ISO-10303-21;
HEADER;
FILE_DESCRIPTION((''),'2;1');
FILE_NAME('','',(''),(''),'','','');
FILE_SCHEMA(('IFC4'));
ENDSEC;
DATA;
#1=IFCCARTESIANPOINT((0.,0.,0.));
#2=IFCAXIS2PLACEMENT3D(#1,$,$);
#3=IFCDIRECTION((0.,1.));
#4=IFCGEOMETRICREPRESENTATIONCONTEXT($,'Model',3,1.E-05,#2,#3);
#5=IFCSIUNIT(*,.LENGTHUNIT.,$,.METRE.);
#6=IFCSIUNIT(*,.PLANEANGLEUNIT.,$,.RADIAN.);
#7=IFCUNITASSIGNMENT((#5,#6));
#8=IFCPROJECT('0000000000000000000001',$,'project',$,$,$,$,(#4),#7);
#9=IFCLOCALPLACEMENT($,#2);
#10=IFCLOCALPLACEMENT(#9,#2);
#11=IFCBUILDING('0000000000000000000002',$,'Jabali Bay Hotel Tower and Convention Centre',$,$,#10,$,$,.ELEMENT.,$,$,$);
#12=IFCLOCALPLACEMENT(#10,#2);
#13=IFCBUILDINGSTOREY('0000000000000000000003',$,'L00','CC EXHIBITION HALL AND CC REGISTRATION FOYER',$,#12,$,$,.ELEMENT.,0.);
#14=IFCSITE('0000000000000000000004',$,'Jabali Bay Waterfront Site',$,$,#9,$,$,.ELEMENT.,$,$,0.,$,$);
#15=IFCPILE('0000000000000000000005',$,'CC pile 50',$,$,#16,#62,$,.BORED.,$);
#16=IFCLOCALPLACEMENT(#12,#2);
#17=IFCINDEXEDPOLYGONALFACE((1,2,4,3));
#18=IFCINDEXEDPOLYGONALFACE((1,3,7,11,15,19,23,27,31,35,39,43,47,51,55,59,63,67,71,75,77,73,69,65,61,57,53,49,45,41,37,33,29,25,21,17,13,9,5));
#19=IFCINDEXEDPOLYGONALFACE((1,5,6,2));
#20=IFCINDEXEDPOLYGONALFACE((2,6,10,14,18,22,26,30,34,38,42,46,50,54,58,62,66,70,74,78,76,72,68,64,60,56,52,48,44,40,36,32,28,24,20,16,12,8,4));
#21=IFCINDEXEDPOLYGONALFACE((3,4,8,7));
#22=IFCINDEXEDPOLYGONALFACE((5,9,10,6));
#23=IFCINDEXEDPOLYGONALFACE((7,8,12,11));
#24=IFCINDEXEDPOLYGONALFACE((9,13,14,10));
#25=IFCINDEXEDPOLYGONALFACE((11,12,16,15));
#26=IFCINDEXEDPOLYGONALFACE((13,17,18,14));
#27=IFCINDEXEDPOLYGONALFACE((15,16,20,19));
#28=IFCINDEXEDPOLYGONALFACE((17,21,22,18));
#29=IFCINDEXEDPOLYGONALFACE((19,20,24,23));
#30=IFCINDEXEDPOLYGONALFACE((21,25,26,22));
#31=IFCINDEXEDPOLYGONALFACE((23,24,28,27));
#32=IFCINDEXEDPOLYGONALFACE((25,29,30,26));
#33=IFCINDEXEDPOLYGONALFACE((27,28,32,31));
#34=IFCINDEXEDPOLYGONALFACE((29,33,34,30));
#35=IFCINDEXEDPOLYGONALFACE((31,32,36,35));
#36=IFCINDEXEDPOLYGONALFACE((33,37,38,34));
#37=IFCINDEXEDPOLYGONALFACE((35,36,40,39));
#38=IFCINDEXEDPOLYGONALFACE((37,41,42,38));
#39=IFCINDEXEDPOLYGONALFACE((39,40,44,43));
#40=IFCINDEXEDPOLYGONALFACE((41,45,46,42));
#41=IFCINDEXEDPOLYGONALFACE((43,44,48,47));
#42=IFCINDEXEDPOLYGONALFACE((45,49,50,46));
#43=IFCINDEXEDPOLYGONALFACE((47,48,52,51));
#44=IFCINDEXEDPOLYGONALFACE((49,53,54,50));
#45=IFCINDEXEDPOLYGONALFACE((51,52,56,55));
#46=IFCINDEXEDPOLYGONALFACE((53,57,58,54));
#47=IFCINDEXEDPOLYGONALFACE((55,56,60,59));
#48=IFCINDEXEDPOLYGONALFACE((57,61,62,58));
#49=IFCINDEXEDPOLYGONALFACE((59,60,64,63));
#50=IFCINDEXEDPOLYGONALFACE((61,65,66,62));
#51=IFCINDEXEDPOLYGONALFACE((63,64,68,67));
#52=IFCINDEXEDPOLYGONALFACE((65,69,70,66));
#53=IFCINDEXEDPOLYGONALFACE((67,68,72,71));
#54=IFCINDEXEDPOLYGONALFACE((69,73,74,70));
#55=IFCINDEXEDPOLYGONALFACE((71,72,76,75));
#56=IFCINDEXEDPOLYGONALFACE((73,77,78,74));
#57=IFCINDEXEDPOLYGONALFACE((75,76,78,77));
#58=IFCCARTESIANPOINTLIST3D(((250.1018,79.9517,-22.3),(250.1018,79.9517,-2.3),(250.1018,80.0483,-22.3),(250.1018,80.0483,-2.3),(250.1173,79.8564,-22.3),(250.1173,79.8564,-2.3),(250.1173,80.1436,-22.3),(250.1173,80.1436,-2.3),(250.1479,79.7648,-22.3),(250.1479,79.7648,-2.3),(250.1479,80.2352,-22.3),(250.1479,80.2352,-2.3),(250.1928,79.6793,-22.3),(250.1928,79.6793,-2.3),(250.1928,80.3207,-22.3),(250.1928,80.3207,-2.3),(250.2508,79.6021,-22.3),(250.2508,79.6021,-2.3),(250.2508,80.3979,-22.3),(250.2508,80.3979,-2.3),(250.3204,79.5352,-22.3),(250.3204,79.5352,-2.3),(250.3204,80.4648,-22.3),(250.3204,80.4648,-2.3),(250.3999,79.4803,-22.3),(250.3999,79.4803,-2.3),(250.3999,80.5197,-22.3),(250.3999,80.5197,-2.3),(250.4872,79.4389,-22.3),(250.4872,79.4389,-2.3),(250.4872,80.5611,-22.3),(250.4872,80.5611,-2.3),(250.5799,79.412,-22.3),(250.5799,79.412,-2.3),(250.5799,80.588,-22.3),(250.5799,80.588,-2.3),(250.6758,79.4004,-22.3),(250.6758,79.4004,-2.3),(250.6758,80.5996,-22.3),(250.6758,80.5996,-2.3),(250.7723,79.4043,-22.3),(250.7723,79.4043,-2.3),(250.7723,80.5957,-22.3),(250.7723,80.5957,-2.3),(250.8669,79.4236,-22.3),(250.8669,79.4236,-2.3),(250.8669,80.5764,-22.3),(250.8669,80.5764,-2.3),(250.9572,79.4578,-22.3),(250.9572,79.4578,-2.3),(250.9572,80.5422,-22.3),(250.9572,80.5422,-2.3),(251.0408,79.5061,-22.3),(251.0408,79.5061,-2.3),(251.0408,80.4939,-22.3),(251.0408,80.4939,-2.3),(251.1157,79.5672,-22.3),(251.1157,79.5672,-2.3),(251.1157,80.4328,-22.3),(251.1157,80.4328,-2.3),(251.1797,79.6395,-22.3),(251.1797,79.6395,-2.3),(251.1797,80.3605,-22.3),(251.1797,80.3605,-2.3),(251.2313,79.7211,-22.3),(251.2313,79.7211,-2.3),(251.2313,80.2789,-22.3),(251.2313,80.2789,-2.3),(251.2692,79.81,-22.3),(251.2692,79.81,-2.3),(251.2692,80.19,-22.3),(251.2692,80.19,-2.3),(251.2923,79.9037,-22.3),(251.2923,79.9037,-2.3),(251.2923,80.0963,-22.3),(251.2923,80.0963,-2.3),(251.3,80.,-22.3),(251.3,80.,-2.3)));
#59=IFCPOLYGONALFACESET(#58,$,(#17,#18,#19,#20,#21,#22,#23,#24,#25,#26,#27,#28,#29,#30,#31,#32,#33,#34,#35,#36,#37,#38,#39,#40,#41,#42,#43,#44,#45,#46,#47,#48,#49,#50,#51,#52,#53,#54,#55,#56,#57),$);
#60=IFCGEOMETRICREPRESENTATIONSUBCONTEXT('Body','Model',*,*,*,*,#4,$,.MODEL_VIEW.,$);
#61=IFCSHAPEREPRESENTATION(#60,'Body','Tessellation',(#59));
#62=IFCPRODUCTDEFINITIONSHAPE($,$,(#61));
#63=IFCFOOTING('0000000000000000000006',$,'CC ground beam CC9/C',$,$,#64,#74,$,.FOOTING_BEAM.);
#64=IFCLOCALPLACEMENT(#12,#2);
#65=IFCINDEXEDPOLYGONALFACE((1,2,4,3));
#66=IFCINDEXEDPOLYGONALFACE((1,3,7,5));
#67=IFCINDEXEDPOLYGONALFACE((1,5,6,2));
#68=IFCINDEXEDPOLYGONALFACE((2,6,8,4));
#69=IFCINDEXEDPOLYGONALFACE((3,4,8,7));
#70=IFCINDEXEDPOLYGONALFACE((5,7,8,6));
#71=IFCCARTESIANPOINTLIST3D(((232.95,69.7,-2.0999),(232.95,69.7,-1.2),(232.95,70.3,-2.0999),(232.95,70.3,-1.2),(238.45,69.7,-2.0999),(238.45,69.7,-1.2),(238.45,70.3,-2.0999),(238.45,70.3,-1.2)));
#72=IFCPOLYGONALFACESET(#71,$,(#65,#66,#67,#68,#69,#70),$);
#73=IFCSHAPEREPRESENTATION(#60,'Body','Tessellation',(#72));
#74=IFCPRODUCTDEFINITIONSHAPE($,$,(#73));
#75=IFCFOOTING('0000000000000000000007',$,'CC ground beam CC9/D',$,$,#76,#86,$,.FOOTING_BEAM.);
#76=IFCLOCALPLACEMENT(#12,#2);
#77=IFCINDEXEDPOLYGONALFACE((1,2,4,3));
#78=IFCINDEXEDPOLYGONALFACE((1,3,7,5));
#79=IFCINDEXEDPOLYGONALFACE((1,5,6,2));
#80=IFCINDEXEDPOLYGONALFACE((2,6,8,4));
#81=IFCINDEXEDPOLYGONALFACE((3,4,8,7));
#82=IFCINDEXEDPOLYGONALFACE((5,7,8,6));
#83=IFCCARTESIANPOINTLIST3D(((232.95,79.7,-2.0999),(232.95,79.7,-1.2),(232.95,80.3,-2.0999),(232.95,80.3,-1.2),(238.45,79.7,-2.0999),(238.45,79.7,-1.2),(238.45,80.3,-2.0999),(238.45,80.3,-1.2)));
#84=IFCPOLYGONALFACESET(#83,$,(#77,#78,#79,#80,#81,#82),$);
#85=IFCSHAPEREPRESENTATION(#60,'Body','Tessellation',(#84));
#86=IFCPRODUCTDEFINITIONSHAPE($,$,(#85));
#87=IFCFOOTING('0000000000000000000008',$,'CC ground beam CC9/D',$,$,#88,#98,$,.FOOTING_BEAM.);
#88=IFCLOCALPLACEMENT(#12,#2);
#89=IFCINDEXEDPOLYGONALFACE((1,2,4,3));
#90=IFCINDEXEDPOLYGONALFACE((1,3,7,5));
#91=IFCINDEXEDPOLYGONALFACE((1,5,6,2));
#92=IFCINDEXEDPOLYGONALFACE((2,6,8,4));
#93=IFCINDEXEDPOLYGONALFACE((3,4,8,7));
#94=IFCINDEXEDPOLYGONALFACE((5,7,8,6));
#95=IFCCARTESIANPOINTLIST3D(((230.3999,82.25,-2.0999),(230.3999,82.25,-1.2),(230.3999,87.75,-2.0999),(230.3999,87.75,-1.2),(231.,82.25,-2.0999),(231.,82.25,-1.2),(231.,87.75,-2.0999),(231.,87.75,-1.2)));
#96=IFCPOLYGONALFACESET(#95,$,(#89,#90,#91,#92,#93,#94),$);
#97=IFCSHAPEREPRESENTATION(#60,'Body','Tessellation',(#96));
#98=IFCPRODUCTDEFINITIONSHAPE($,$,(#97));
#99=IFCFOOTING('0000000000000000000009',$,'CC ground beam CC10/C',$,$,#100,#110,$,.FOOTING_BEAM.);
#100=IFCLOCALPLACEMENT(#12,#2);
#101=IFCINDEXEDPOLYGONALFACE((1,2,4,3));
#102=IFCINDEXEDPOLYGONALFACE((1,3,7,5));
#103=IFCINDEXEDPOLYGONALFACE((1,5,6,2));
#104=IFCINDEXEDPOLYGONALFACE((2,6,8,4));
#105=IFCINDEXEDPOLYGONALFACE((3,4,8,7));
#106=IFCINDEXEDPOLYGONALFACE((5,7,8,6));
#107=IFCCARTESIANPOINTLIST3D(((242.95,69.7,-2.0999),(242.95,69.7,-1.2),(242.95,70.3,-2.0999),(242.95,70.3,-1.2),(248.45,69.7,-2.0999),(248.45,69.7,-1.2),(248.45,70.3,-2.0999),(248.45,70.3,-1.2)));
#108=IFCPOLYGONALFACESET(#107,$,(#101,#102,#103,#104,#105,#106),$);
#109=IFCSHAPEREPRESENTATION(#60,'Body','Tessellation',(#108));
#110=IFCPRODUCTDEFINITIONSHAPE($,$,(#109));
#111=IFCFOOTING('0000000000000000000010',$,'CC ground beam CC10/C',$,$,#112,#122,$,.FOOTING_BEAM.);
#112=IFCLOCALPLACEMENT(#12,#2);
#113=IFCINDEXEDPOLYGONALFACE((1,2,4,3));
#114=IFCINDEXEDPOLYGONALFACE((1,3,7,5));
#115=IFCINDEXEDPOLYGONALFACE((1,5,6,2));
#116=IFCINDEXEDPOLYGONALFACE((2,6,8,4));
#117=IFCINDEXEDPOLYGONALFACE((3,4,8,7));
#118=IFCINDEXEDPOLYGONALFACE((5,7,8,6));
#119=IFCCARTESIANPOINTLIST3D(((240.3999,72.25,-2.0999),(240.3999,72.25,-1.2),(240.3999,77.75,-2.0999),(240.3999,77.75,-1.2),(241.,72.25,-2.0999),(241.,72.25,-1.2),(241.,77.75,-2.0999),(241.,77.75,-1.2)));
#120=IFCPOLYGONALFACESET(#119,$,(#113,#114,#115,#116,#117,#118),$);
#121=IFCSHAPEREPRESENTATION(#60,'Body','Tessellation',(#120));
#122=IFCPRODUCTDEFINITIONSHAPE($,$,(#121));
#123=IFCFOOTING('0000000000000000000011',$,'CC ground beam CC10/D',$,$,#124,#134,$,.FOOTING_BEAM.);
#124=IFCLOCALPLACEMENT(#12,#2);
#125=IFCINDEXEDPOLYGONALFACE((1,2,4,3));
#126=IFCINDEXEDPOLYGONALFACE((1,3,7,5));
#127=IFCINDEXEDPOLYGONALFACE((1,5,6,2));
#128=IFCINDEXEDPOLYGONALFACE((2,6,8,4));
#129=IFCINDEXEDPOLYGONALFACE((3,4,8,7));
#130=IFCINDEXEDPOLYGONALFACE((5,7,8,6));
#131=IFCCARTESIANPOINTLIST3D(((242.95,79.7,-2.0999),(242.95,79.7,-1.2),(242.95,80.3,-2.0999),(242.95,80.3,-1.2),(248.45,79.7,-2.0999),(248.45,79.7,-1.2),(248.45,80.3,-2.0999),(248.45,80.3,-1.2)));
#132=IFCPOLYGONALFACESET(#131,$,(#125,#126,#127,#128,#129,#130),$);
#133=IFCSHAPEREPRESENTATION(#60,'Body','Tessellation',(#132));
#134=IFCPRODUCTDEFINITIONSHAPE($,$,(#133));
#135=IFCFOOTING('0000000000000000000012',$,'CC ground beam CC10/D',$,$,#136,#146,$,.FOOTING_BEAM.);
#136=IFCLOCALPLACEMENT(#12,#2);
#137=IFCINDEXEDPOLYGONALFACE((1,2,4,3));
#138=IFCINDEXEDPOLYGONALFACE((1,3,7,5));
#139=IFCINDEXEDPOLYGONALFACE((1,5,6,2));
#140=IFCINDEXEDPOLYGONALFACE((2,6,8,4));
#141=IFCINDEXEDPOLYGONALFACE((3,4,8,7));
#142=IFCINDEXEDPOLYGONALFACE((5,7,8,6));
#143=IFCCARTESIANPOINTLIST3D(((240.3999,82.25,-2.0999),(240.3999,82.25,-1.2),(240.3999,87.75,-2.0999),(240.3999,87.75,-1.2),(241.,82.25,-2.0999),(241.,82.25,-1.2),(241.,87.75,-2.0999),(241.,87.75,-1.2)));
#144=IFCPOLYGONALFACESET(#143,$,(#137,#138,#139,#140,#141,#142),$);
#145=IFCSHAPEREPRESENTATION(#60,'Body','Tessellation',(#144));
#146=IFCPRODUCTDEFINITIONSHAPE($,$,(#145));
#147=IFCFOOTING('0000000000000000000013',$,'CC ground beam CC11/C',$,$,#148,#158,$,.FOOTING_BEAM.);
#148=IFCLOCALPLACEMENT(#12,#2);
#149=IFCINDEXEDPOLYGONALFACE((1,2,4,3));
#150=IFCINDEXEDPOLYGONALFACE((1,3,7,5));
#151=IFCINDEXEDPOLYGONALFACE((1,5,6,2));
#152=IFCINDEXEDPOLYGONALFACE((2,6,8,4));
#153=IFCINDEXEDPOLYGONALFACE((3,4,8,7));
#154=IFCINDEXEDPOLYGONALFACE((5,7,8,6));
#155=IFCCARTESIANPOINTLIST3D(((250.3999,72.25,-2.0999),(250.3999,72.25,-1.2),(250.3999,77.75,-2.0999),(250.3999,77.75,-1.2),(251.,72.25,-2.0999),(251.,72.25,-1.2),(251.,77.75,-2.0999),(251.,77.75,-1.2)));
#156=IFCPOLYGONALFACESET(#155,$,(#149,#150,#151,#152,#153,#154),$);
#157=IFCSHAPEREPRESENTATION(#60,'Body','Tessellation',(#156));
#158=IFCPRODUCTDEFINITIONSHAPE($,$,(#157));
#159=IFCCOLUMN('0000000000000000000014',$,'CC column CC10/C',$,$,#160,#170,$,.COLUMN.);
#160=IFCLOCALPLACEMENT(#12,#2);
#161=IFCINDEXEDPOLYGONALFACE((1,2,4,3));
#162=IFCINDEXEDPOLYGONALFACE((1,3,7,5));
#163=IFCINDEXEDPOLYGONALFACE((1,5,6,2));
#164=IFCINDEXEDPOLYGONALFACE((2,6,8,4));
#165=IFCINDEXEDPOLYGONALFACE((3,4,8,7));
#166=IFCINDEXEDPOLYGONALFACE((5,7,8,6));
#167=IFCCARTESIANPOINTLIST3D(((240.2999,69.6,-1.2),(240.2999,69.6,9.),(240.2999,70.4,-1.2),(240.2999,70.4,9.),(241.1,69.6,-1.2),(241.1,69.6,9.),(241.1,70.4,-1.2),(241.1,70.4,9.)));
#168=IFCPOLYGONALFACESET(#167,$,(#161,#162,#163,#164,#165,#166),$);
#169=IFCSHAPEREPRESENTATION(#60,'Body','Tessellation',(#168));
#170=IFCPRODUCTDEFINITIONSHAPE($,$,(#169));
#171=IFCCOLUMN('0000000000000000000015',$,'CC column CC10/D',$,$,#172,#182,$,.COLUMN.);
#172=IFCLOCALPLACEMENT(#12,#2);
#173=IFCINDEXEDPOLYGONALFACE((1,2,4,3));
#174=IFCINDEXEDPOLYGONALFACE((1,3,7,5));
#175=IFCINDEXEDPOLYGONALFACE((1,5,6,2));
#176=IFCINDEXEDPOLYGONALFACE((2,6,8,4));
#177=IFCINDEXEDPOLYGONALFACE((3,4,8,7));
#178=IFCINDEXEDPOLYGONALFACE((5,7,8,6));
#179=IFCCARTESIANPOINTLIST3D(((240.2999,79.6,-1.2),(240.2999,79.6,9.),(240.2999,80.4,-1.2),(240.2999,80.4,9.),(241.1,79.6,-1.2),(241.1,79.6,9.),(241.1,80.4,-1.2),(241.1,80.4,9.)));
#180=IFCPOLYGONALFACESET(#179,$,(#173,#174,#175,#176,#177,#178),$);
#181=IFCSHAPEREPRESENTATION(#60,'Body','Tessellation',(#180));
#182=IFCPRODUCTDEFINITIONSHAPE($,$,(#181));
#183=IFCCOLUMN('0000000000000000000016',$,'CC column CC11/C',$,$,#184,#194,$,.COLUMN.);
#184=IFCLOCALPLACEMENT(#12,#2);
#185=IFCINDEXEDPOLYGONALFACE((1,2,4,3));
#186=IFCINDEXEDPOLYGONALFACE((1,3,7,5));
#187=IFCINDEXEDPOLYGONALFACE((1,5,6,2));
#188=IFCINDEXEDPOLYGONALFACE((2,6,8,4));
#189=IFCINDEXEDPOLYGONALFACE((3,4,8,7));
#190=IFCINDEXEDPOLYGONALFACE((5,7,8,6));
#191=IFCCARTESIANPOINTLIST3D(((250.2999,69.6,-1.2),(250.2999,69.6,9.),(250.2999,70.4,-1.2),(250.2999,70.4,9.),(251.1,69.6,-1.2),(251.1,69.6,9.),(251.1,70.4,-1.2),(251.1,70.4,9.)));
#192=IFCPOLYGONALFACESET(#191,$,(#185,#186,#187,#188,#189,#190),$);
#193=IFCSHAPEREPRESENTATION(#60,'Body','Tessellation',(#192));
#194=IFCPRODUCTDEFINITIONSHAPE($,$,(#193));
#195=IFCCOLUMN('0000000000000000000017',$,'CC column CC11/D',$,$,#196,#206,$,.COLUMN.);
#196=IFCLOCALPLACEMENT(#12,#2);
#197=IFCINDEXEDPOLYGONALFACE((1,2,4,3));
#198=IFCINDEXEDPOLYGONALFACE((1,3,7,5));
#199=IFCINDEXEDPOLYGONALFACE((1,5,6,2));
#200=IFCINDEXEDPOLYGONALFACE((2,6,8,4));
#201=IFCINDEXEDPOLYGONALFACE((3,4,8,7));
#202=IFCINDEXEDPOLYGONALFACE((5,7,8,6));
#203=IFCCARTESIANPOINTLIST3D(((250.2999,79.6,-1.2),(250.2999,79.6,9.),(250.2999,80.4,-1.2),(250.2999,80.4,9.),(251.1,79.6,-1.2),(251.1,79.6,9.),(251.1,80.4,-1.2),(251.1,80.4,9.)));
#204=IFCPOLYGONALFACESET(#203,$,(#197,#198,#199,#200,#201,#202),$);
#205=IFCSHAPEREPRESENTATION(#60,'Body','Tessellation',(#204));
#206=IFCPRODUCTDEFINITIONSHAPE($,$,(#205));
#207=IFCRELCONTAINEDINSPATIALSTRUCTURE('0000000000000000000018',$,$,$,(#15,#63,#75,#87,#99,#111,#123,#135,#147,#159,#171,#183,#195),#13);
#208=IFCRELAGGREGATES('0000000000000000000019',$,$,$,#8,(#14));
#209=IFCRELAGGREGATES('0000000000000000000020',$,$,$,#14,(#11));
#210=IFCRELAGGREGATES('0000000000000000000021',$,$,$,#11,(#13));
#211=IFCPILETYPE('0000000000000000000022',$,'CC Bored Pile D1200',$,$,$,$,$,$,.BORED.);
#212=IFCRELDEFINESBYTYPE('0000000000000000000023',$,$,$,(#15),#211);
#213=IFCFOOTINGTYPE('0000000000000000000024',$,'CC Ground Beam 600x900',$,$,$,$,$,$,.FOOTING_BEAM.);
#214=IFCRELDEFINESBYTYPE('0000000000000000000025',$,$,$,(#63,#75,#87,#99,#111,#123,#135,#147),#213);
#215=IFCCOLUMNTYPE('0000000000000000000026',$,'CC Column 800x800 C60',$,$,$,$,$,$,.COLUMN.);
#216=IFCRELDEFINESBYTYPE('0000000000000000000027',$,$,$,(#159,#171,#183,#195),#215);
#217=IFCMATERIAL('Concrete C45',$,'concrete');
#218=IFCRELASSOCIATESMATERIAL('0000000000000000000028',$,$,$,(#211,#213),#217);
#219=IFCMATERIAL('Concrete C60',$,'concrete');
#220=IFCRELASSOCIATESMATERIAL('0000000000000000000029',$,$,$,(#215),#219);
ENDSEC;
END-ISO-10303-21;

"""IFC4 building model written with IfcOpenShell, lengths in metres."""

from ifc_helpers import new_model, si_unit, direction, frame, origin, origin_2d, place, context, subcontext, project, spatial, rectangle, circle, extrude, material, material_profile, profile_set, type_object, element, save


model = new_model("IFC4")

# Units and contexts
model_context = context("Model", 3, precision=1e-05, world=origin(), true_north=direction((0.0, 1.0)))
body_context = subcontext(model_context, "Body", "Model", "MODEL_VIEW")
ifc_project = project(units=[si_unit("LENGTHUNIT", "METRE"), si_unit("PLANEANGLEUNIT", "RADIAN")], contexts=[model_context])

# Site, building, storey
site_placement = place(None, origin())
site = spatial("IfcSite", under=ifc_project, at=site_placement, Name="Jabali Bay Waterfront Site", CompositionType="ELEMENT", RefElevation=0.0)
building_placement = place(site_placement, origin())
building = spatial("IfcBuilding", under=site, at=building_placement, Name="Jabali Bay Hotel Tower and Convention Centre", CompositionType="ELEMENT")
storey_placement = place(building_placement, origin())
storey = spatial("IfcBuildingStorey", under=building, at=storey_placement, Name="L00", Description="CC EXHIBITION HALL AND CC REGISTRATION FOYER", CompositionType="ELEMENT", Elevation=0.0)

# Pile
ifc_material_1 = material(Name="Concrete C45", Category="concrete")
ifc_material_profile_1 = material_profile(ifc_material_1, circle(Radius=0.6001, at=origin_2d()), Name="D1200")
ifc_profile_set_1 = profile_set([ifc_material_profile_1], Name="Concrete C45")
pile_type = type_object("IfcPileType", Name="CC Bored Pile D1200", PredefinedType="BORED", material=ifc_profile_set_1)
for number, where, z_axis, x_axis, name in (
    (1, (250.7, 80.0, -2.3), (0.0, 0.0, -1.0), (1.0, 0.0, 0.0), "CC pile 50"),
):
    element("IfcPile", number, at=place(storey_placement, frame(where, z_axis=z_axis, x_axis=x_axis)), inside=storey, type_object=pile_type, Name=name, PredefinedType="BORED", context=body_context, shape_type="SweptSolid", body=[
        extrude(circle(Radius=0.6001, at=origin_2d()), origin(), (0.0, 0.0, 1.0), 20.0),
    ])

# Footings
ifc_material_profile_2 = material_profile(ifc_material_1, rectangle(XDim=0.6001, YDim=0.8999, at=origin_2d()), Name="RC 600x900")
ifc_profile_set_2 = profile_set([ifc_material_profile_2], Name="Concrete C45")
footing_type = type_object("IfcFootingType", Name="CC Ground Beam 600x900", PredefinedType="FOOTING_BEAM", material=ifc_profile_set_2)
for number, where, z_axis, x_axis, name in (
    (2, (232.95, 70.0, -1.6499), (1.0, 0.0, 0.0), (0.0, 1.0, 0.0), "CC ground beam CC9/C"),
    (3, (232.95, 80.0, -1.6499), (1.0, 0.0, 0.0), (0.0, 1.0, 0.0), "CC ground beam CC9/D"),
    (4, (230.7, 82.25, -1.6499), (0.0, 1.0, 0.0), (-1.0, 0.0, 0.0), "CC ground beam CC9/D"),
    (5, (242.95, 70.0, -1.6499), (1.0, 0.0, 0.0), (0.0, 1.0, 0.0), "CC ground beam CC10/C"),
    (6, (240.7, 72.25, -1.6499), (0.0, 1.0, 0.0), (-1.0, 0.0, 0.0), "CC ground beam CC10/C"),
    (7, (242.95, 80.0, -1.6499), (1.0, 0.0, 0.0), (0.0, 1.0, 0.0), "CC ground beam CC10/D"),
    (8, (240.7, 82.25, -1.6499), (0.0, 1.0, 0.0), (-1.0, 0.0, 0.0), "CC ground beam CC10/D"),
    (9, (250.7, 72.25, -1.6499), (0.0, 1.0, 0.0), (-1.0, 0.0, 0.0), "CC ground beam CC11/C"),
):
    element("IfcFooting", number, at=place(storey_placement, frame(where, z_axis=z_axis, x_axis=x_axis)), inside=storey, type_object=footing_type, Name=name, PredefinedType="FOOTING_BEAM", context=body_context, shape_type="SweptSolid", body=[
        extrude(rectangle(XDim=0.6001, YDim=0.8999, at=origin_2d()), origin(), (0.0, 0.0, 1.0), 5.5),
    ])

# Columns
ifc_material_2 = material(Name="Concrete C60", Category="concrete")
ifc_material_profile_3 = material_profile(ifc_material_2, rectangle(XDim=0.8, YDim=0.8, at=origin_2d()), Name="RC 800x800")
ifc_profile_set_3 = profile_set([ifc_material_profile_3], Name="Concrete C60")
column_type = type_object("IfcColumnType", Name="CC Column 800x800 C60", PredefinedType="COLUMN", material=ifc_profile_set_3)
for number, where, z_axis, x_axis, name in (
    (10, (240.7, 70.0, -1.2), (0.0, 0.0, 1.0), (1.0, 0.0, 0.0), "CC column CC10/C"),
    (11, (240.7, 80.0, -1.2), (0.0, 0.0, 1.0), (1.0, 0.0, 0.0), "CC column CC10/D"),
    (12, (250.7, 70.0, -1.2), (0.0, 0.0, 1.0), (1.0, 0.0, 0.0), "CC column CC11/C"),
    (13, (250.7, 80.0, -1.2), (0.0, 0.0, 1.0), (1.0, 0.0, 0.0), "CC column CC11/D"),
):
    element("IfcColumn", number, at=place(storey_placement, frame(where, z_axis=z_axis, x_axis=x_axis)), inside=storey, type_object=column_type, Name=name, PredefinedType="COLUMN", context=body_context, shape_type="SweptSolid", body=[
        extrude(rectangle(XDim=0.8, YDim=0.8, at=origin_2d()), origin(), (0.0, 0.0, 1.0), 10.2),
    ])

save(model, "model.ifc")
